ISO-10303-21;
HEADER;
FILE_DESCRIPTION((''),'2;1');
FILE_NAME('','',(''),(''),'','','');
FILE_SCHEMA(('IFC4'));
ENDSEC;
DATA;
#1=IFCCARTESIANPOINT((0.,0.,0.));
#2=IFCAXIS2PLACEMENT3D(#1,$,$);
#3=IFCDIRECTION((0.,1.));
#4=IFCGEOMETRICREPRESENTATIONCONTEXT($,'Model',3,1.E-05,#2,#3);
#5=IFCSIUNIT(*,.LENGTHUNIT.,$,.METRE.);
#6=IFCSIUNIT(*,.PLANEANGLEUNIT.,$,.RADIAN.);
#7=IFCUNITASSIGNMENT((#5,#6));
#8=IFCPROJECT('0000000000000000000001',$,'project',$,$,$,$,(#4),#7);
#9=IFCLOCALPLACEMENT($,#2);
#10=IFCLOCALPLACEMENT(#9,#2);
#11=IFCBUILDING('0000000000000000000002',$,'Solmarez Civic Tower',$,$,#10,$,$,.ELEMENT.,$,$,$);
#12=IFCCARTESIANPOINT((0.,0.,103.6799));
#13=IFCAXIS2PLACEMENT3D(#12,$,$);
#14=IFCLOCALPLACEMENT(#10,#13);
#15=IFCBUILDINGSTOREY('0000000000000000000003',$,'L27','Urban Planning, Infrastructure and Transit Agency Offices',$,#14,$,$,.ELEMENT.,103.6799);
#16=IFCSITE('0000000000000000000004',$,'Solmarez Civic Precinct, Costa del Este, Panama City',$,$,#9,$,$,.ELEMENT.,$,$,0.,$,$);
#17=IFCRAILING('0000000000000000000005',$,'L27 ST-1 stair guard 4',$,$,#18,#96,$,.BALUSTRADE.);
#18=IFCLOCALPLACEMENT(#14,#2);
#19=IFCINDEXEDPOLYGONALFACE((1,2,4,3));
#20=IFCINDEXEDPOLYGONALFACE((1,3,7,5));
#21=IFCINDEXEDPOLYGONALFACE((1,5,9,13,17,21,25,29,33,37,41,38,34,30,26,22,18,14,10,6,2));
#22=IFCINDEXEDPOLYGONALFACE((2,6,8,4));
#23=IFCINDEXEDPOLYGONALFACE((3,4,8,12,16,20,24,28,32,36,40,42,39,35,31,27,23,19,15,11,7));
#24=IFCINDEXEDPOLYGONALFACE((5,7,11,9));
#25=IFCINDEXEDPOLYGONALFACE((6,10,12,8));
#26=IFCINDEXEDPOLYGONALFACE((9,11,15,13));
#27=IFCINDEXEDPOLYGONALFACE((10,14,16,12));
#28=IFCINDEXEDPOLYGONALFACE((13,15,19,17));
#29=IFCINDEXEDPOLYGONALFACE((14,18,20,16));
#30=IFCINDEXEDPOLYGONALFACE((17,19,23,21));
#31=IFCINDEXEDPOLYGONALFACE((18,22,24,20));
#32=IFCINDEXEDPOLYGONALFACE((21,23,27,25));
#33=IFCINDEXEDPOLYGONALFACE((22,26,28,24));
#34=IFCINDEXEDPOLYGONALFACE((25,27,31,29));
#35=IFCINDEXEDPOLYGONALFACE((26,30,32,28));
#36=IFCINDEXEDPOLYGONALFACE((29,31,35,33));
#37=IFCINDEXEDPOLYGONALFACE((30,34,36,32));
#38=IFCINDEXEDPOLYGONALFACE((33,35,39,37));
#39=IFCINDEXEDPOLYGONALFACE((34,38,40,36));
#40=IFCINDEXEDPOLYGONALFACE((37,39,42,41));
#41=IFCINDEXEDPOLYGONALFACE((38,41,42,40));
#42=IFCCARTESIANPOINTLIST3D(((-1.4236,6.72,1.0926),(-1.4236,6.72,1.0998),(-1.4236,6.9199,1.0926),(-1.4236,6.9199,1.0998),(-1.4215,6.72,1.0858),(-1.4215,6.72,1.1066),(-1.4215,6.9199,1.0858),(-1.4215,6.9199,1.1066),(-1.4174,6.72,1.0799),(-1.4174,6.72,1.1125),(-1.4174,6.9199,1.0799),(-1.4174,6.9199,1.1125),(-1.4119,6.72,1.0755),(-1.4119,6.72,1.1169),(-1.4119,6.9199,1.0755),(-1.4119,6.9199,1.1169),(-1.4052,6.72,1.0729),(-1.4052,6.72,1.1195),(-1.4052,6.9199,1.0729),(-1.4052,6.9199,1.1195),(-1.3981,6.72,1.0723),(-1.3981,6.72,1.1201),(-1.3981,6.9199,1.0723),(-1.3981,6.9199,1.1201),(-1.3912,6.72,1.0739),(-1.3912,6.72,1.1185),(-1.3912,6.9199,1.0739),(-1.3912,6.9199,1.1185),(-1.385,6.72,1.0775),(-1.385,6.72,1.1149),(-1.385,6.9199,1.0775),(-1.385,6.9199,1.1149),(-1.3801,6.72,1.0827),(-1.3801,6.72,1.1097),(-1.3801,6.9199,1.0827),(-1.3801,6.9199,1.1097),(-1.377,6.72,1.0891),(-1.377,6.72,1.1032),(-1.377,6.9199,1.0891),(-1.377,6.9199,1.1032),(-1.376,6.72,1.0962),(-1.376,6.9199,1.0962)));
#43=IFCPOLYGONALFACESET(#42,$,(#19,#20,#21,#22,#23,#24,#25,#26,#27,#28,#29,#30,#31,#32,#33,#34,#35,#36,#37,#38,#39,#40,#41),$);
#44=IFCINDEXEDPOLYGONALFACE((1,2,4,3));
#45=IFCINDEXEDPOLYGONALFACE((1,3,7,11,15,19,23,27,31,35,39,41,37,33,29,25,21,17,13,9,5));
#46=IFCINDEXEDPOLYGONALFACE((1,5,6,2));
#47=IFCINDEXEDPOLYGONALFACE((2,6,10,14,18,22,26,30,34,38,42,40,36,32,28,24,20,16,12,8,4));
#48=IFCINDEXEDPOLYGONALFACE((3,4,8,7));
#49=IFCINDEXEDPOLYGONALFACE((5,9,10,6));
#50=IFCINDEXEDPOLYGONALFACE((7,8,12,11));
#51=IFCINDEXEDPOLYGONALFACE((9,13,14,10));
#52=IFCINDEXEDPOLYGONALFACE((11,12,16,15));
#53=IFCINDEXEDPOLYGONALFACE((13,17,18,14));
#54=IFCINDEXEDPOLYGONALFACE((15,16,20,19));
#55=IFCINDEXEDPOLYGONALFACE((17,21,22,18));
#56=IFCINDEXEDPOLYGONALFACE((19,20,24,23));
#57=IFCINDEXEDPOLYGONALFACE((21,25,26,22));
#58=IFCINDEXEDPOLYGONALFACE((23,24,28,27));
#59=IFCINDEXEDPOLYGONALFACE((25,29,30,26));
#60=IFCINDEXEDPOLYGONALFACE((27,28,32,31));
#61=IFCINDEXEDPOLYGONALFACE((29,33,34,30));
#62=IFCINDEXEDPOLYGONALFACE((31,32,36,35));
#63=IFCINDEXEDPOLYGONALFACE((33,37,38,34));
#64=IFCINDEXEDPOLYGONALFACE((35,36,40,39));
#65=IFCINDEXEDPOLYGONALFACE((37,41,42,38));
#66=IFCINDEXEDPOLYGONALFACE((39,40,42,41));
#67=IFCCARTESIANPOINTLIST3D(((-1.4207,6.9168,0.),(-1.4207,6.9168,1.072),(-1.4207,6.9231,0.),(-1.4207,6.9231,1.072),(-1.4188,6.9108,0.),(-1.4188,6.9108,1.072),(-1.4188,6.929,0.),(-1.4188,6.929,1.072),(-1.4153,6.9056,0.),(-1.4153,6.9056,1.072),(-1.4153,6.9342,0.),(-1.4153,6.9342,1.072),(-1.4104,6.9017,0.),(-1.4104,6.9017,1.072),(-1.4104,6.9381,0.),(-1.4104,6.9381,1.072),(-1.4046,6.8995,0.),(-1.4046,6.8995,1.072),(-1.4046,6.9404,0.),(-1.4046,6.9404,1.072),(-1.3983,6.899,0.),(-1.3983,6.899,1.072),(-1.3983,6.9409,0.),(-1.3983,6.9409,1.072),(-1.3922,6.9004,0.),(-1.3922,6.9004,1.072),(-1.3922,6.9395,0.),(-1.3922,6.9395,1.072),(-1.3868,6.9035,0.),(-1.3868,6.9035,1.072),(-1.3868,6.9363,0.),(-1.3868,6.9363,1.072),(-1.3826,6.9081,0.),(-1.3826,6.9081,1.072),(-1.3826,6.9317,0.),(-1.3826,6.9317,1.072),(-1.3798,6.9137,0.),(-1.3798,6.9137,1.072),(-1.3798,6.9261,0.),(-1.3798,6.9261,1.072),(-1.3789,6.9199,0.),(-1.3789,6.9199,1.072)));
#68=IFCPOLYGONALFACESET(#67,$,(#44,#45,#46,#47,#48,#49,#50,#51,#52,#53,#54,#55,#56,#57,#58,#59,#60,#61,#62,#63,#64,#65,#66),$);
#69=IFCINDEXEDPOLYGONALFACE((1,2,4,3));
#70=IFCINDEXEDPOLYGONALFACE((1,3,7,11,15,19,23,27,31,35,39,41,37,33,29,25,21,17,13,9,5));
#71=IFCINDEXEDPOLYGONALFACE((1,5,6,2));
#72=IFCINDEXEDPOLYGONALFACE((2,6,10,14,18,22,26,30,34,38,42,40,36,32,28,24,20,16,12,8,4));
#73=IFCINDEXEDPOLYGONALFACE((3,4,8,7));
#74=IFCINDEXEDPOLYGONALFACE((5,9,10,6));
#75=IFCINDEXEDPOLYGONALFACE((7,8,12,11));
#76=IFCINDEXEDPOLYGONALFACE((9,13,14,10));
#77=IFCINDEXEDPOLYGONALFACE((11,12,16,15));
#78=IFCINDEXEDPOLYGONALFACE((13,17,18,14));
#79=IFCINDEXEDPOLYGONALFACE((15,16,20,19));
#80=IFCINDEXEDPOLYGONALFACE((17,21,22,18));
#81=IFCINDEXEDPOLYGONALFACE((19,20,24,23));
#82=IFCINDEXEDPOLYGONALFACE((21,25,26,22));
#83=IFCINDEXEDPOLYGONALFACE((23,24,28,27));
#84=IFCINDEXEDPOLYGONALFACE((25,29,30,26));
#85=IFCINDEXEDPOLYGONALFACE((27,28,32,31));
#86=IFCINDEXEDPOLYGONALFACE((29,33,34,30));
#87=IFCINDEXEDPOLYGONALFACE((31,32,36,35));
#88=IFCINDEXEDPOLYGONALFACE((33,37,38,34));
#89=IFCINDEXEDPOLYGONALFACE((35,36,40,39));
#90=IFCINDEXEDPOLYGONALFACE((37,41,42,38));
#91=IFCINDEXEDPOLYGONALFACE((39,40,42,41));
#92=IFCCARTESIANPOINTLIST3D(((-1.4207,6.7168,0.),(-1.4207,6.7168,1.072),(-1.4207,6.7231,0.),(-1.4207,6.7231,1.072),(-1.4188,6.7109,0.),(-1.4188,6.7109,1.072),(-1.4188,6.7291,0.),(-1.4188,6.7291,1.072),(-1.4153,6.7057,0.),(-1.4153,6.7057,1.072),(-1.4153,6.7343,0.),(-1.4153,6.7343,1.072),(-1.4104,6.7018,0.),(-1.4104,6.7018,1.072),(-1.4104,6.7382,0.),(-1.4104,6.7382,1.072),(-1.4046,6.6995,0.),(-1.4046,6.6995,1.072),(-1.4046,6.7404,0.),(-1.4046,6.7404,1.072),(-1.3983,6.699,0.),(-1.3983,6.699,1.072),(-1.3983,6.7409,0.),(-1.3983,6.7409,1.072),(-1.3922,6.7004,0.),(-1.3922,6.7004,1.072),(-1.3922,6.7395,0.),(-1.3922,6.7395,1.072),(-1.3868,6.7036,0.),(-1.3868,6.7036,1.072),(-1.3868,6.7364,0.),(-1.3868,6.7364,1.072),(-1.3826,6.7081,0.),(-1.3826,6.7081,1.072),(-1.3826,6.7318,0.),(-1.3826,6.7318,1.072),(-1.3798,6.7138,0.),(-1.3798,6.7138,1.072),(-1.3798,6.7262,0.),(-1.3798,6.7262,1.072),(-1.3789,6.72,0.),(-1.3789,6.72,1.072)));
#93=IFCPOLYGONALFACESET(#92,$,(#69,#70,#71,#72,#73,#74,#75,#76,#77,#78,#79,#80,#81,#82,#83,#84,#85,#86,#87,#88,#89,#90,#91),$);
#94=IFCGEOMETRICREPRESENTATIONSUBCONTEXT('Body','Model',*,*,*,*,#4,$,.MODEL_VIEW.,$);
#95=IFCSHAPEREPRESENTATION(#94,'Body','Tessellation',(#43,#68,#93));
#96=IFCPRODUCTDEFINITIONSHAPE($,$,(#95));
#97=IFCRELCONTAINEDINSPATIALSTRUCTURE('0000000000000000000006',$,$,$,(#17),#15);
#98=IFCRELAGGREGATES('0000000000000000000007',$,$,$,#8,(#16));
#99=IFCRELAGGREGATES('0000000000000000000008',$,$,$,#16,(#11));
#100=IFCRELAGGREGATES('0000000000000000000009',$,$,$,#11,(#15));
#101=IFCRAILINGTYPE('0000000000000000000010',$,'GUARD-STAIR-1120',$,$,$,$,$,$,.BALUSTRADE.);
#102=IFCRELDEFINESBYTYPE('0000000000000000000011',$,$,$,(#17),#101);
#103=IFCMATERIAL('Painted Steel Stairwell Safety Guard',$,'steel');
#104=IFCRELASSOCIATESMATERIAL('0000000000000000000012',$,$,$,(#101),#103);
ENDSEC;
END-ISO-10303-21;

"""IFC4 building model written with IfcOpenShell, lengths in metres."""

from ifc_helpers import new_model, si_unit, direction, frame, origin, origin_2d, place, context, subcontext, project, spatial, circle, extrude, material, type_object, element, save


model = new_model("IFC4")

# Units and contexts
model_context = context("Model", 3, precision=1e-05, world=origin(), true_north=direction((0.0, 1.0)))
body_context = subcontext(model_context, "Body", "Model", "MODEL_VIEW")
ifc_project = project(units=[si_unit("LENGTHUNIT", "METRE"), si_unit("PLANEANGLEUNIT", "RADIAN")], contexts=[model_context])

# Site, building, storey
site_placement = place(None, origin())
site = spatial("IfcSite", under=ifc_project, at=site_placement, Name="Solmarez Civic Precinct, Costa del Este, Panama City", CompositionType="ELEMENT", RefElevation=0.0)
building_placement = place(site_placement, origin())
building = spatial("IfcBuilding", under=site, at=building_placement, Name="Solmarez Civic Tower", CompositionType="ELEMENT")
storey_placement = place(building_placement, frame((0.0, 0.0, 103.6799)))
storey = spatial("IfcBuildingStorey", under=building, at=storey_placement, Name="L27", Description="Urban Planning, Infrastructure and Transit Agency Offices", CompositionType="ELEMENT", Elevation=103.6799)

# Railing
ifc_material_1 = material(Name="Painted Steel Stairwell Safety Guard", Category="steel")
railing_type = type_object("IfcRailingType", Name="GUARD-STAIR-1120", PredefinedType="BALUSTRADE", material=ifc_material_1)
railing_1_placement = place(storey_placement, frame((-1.3999, 6.9199, 0.0)))
element("IfcRailing", 1, at=railing_1_placement, inside=storey, type_object=railing_type, Name="L27 ST-1 stair guard 4", PredefinedType="BALUSTRADE", context=body_context, shape_type="SweptSolid", body=[
    extrude(circle(Radius=0.0239, at=origin_2d()), frame((0.0, 0.0, 1.0962), z_axis=(0.0, -1.0, 0.0), x_axis=(1.0, 0.0, 0.0)), (0.0, 0.0, 1.0), 0.2),
    extrude(circle(Radius=0.021, at=origin_2d()), origin(), (0.0, 0.0, 1.0), 1.072),
    extrude(circle(Radius=0.021, at=origin_2d()), frame((0.0, -0.2, 0.0)), (0.0, 0.0, 1.0), 1.072),
])

save(model, "model.ifc")
